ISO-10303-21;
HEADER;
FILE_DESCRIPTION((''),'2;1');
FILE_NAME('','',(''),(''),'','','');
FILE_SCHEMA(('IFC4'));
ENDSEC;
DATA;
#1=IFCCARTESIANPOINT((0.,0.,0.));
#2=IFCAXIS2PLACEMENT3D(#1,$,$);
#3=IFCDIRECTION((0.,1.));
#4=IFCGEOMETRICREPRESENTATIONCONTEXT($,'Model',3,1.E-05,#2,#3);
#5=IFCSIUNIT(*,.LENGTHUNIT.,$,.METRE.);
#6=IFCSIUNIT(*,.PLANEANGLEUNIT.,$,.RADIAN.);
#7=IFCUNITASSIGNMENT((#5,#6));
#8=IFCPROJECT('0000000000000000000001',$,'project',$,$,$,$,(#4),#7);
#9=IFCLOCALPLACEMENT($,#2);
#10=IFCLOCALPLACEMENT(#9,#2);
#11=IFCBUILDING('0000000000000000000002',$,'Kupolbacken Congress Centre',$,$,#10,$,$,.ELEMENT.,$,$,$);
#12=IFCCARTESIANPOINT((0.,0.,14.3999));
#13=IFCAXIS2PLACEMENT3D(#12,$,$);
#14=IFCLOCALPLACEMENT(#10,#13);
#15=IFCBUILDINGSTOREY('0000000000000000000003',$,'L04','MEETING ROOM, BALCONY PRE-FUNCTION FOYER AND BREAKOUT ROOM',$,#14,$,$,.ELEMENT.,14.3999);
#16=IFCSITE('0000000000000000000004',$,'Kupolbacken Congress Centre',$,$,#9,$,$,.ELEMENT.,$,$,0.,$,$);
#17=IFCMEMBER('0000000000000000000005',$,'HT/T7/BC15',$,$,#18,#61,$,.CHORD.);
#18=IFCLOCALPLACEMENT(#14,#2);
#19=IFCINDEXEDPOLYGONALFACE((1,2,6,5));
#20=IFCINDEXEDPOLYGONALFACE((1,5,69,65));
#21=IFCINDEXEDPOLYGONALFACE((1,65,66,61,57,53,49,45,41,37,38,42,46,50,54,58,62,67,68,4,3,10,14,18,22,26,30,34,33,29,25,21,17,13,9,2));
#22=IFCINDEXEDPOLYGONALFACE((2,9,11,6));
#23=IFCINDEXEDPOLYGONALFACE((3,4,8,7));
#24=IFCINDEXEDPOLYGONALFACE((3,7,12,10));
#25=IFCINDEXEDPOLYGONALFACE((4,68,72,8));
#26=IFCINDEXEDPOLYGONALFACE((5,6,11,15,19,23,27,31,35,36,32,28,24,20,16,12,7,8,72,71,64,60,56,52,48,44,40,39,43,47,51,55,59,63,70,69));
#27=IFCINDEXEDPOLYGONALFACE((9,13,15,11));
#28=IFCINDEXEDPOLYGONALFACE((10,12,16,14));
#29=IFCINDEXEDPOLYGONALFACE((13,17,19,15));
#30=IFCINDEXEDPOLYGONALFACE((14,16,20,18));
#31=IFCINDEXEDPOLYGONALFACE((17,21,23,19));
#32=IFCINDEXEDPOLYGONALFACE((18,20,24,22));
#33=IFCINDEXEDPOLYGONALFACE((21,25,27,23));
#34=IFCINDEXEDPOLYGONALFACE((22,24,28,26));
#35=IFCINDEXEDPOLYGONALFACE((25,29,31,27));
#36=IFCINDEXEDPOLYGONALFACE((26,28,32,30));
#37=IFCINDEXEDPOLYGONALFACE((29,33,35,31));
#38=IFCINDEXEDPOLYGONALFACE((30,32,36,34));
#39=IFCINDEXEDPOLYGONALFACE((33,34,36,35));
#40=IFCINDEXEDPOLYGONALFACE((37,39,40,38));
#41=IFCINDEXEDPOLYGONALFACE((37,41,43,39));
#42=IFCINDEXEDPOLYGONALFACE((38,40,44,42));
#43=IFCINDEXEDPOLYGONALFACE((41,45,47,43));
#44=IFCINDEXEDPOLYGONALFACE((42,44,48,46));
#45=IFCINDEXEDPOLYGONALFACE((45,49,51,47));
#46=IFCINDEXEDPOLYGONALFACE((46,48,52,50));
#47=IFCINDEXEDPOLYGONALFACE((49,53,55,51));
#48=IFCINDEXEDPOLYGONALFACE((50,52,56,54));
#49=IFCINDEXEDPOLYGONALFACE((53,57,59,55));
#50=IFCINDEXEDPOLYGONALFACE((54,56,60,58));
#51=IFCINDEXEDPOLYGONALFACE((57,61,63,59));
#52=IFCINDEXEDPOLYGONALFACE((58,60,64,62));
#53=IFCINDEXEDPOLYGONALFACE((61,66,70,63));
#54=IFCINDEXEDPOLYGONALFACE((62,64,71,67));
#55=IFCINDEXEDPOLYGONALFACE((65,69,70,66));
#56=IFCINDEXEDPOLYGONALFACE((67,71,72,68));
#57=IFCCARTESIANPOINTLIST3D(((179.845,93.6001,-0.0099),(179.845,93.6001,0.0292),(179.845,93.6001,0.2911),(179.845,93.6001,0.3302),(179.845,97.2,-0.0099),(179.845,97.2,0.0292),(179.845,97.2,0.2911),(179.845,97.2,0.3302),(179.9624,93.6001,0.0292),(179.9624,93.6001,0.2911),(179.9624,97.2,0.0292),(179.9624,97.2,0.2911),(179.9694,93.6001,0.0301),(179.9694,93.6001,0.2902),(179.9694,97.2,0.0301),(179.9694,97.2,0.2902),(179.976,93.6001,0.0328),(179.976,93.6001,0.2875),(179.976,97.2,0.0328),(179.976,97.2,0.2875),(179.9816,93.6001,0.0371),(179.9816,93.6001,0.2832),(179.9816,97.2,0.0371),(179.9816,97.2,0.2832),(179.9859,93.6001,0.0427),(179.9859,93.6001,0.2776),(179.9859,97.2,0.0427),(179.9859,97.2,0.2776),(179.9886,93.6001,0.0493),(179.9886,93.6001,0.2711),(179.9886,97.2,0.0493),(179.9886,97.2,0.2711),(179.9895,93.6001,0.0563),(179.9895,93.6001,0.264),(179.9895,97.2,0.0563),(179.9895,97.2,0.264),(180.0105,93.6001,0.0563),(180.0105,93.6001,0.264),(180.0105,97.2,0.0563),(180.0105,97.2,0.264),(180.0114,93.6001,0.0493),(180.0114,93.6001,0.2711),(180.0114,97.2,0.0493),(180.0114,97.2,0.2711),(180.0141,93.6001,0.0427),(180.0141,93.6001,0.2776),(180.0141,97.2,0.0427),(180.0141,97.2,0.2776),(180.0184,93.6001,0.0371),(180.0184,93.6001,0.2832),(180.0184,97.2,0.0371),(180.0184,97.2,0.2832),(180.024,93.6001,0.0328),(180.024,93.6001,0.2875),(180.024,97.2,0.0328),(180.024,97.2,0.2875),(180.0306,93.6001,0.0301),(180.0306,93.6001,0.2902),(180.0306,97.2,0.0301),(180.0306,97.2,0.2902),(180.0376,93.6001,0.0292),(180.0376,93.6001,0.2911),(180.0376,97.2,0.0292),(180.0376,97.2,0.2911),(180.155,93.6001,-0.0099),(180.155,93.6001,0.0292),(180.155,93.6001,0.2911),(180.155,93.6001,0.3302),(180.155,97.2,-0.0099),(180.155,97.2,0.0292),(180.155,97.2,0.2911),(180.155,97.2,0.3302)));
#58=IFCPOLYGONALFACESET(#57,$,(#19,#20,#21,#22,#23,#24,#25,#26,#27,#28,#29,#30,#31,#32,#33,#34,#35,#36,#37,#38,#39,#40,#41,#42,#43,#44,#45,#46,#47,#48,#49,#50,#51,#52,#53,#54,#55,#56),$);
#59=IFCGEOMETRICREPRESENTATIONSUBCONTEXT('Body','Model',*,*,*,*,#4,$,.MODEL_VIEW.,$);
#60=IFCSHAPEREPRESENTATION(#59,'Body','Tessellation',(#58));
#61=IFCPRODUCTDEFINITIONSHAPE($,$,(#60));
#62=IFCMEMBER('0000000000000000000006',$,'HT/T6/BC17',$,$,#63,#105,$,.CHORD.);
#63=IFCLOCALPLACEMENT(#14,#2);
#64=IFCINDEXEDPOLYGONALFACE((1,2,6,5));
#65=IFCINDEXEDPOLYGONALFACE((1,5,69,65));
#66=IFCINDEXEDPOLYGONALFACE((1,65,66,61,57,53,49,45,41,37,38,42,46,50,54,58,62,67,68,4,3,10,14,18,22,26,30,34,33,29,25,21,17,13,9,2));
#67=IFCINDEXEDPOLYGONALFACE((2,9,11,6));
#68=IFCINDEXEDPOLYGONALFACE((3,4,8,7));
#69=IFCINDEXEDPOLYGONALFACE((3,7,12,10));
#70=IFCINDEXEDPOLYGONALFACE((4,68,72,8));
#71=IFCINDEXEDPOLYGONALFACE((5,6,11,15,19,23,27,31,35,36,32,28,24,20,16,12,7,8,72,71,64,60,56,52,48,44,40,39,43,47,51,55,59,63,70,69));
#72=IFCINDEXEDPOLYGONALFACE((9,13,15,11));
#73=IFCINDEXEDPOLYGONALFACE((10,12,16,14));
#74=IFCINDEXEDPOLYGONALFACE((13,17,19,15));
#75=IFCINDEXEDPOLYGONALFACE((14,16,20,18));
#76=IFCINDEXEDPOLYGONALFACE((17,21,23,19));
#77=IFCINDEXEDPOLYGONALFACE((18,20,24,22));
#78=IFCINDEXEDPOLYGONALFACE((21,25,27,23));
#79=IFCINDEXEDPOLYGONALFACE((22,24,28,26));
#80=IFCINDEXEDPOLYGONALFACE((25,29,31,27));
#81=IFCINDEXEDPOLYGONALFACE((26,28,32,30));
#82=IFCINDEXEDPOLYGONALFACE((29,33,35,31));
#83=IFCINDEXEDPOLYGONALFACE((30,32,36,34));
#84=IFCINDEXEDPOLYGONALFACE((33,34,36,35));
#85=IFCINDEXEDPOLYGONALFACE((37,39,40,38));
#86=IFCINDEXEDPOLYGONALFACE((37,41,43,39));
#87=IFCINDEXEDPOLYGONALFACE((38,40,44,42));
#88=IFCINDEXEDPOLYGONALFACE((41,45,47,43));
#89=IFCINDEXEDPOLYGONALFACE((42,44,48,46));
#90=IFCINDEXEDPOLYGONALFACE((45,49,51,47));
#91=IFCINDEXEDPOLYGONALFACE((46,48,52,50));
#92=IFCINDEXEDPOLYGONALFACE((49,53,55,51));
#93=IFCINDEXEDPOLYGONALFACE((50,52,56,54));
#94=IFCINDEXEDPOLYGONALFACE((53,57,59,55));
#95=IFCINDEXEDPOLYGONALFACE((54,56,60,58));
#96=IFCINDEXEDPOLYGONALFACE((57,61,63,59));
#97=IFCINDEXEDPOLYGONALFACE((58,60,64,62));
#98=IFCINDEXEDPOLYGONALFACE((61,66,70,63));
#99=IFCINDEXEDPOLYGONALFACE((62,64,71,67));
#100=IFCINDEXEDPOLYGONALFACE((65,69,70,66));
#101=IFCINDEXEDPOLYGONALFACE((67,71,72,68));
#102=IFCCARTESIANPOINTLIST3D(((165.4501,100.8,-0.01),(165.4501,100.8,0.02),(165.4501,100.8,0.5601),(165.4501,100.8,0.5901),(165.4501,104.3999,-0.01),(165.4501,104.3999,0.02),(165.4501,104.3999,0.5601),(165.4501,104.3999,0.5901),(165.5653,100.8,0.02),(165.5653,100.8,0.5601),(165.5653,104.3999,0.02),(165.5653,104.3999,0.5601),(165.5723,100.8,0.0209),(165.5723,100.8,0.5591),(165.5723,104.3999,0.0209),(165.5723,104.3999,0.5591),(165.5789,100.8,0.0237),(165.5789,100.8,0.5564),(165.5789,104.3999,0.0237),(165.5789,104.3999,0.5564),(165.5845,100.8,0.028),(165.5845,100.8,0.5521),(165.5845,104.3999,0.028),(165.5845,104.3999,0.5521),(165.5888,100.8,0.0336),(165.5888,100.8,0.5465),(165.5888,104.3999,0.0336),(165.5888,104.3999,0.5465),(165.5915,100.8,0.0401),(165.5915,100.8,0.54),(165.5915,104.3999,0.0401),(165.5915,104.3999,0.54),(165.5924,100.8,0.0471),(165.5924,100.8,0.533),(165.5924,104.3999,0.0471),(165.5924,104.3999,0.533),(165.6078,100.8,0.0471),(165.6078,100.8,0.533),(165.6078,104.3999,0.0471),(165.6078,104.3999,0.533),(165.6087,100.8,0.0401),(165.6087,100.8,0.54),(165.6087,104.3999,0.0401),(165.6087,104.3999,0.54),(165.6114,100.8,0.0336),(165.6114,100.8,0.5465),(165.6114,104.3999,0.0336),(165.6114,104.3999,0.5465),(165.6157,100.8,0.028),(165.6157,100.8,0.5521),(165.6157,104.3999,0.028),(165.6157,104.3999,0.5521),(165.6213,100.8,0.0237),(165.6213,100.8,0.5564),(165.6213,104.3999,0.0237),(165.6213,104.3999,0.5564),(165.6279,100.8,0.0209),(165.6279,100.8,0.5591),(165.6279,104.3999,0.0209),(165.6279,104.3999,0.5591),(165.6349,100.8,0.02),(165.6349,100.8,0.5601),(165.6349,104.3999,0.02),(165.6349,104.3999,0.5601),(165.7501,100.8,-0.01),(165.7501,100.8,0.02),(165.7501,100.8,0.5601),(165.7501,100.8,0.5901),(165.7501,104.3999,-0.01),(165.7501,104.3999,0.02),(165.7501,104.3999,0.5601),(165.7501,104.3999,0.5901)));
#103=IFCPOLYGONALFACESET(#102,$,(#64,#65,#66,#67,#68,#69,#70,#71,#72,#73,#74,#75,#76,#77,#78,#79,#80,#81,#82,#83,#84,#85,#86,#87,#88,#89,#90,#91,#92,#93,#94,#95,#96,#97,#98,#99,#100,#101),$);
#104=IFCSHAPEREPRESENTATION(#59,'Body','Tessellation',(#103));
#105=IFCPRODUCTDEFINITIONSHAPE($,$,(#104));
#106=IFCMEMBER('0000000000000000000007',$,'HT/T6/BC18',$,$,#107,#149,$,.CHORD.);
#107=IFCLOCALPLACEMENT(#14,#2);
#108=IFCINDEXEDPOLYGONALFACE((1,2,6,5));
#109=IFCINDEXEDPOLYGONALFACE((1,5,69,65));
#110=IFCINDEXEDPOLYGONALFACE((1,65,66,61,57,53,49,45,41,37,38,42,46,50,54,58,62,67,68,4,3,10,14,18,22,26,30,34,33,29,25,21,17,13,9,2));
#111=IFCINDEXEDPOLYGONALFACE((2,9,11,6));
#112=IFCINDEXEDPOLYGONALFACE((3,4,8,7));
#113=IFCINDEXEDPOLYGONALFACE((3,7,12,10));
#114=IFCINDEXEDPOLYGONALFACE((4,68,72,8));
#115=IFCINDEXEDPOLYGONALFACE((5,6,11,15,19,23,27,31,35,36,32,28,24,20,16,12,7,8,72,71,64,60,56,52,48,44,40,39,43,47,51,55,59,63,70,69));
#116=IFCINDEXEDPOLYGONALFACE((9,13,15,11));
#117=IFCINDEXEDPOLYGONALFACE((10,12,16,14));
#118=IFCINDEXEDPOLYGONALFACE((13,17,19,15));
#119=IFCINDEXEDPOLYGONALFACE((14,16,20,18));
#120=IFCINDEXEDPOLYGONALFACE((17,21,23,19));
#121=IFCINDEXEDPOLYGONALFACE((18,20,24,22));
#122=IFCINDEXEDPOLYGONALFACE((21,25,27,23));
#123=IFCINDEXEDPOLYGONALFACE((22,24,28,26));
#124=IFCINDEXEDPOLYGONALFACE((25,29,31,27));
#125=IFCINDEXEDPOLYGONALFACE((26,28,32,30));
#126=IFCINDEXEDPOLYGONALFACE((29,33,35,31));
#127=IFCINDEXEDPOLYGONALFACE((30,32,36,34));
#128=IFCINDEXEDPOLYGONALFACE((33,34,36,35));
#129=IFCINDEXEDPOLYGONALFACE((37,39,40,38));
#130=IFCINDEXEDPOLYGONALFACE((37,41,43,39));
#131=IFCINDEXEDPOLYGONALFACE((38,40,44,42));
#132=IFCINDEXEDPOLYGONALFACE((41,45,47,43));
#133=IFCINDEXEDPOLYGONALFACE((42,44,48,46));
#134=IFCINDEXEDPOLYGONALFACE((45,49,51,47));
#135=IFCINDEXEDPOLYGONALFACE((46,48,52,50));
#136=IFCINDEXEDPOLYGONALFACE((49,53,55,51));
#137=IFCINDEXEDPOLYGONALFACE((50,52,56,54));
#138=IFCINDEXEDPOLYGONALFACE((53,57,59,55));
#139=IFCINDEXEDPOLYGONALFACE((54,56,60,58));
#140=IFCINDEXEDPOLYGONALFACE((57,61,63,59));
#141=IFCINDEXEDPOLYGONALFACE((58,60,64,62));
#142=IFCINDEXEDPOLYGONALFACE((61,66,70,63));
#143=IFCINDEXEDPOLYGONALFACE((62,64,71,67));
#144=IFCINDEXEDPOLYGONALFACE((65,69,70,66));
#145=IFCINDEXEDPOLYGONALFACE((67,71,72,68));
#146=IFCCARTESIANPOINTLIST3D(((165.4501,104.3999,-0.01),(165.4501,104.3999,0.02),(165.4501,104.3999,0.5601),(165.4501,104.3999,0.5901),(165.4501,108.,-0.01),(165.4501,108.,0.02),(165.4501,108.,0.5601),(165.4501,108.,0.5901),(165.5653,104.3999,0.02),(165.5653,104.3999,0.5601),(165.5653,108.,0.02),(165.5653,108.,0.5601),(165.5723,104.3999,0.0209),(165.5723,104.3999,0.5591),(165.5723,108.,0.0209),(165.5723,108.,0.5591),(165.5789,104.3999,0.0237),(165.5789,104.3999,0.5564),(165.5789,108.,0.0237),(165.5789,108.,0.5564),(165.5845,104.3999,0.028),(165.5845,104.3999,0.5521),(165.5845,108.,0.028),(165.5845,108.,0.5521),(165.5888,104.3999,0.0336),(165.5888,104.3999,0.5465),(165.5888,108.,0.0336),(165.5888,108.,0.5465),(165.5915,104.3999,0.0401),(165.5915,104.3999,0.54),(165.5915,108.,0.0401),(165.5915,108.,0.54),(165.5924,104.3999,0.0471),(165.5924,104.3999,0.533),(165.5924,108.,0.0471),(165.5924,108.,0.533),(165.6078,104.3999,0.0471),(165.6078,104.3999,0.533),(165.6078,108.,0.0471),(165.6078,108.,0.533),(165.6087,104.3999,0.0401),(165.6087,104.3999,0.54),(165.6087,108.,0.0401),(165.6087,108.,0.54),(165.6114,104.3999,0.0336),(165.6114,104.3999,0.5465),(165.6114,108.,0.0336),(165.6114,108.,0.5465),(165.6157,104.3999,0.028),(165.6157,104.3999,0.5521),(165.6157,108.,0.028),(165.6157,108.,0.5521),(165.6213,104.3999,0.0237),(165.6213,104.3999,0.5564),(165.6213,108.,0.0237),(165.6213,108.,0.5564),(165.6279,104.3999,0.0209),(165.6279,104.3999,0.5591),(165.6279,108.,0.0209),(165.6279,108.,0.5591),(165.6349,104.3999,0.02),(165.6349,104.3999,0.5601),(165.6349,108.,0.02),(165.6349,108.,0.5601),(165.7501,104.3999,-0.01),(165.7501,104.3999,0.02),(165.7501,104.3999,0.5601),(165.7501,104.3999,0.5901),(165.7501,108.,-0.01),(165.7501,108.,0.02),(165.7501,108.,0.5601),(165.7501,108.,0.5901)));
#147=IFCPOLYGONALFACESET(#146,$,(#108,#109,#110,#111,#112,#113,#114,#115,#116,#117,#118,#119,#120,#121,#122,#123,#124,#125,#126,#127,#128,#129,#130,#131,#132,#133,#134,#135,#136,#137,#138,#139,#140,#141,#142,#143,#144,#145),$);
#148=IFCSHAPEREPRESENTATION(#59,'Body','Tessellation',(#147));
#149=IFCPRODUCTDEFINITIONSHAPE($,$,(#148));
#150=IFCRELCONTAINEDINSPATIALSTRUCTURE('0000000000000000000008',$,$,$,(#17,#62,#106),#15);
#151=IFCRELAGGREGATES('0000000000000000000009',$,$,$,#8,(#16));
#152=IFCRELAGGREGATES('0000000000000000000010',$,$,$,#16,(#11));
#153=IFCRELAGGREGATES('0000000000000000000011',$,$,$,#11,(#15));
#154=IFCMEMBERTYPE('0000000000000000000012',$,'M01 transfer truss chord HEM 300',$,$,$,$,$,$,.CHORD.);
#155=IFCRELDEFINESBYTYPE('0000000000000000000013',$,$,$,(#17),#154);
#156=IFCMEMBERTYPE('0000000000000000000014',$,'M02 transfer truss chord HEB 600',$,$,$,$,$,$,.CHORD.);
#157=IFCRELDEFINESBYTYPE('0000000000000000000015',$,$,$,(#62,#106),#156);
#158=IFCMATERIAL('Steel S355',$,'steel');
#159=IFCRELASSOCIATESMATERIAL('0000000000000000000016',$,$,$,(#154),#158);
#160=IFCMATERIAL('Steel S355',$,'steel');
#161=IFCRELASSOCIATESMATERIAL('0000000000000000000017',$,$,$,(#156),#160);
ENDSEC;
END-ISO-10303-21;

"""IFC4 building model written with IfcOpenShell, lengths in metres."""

from ifc_helpers import new_model, si_unit, direction, frame, origin, origin_2d, place, context, subcontext, project, spatial, i_section, extrude, material, material_profile, profile_set, type_object, element, save


model = new_model("IFC4")

# Units and contexts
model_context = context("Model", 3, precision=1e-05, world=origin(), true_north=direction((0.0, 1.0)))
body_context = subcontext(model_context, "Body", "Model", "MODEL_VIEW")
ifc_project = project(units=[si_unit("LENGTHUNIT", "METRE"), si_unit("PLANEANGLEUNIT", "RADIAN")], contexts=[model_context])

# Site, building, storey
site_placement = place(None, origin())
site = spatial("IfcSite", under=ifc_project, at=site_placement, Name="Kupolbacken Congress Centre", CompositionType="ELEMENT", RefElevation=0.0)
building_placement = place(site_placement, origin())
building = spatial("IfcBuilding", under=site, at=building_placement, Name="Kupolbacken Congress Centre", CompositionType="ELEMENT")
storey_placement = place(building_placement, frame((0.0, 0.0, 14.3999)))
storey = spatial("IfcBuildingStorey", under=building, at=storey_placement, Name="L04", Description="MEETING ROOM, BALCONY PRE-FUNCTION FOYER AND BREAKOUT ROOM", CompositionType="ELEMENT", Elevation=14.3999)

# Members
ifc_material_1 = material(Name="Steel S355", Category="steel")
ifc_material_profile_1 = material_profile(ifc_material_1, i_section(OverallWidth=0.3101, OverallDepth=0.3401, WebThickness=0.021, FlangeThickness=0.0391, FilletRadius=0.0271, at=origin_2d()), Name="HEM 300")
ifc_profile_set_1 = profile_set([ifc_material_profile_1], Name="Steel S355")
member_type_1 = type_object("IfcMemberType", Name="M01 transfer truss chord HEM 300", PredefinedType="CHORD", material=ifc_profile_set_1)
member_1_placement = place(storey_placement, frame((180.0, 93.6001, 0.1602), z_axis=(0.0, 1.0, 0.0), x_axis=(-1.0, 0.0, 0.0)))
element("IfcMember", 1, at=member_1_placement, inside=storey, type_object=member_type_1, Name="HT/T7/BC15", PredefinedType="CHORD", context=body_context, shape_type="SweptSolid", body=[
    extrude(i_section(OverallWidth=0.3101, OverallDepth=0.3401, WebThickness=0.021, FlangeThickness=0.0391, FilletRadius=0.0271, at=origin_2d()), origin(), (0.0, 0.0, 1.0), 3.5999),
])
ifc_material_2 = material(Name="Steel S355", Category="steel")
ifc_material_profile_2 = material_profile(ifc_material_2, i_section(OverallWidth=0.3, OverallDepth=0.6001, WebThickness=0.0154, FlangeThickness=0.03, FilletRadius=0.0271, at=origin_2d()), Name="HEB 600")
ifc_profile_set_2 = profile_set([ifc_material_profile_2], Name="Steel S355")
member_type_2 = type_object("IfcMemberType", Name="M02 transfer truss chord HEB 600", PredefinedType="CHORD", material=ifc_profile_set_2)
member_2_placement = place(storey_placement, frame((165.6001, 100.8, 0.29), z_axis=(0.0, 1.0, 0.0), x_axis=(-1.0, 0.0, 0.0)))
element("IfcMember", 2, at=member_2_placement, inside=storey, type_object=member_type_2, Name="HT/T6/BC17", PredefinedType="CHORD", context=body_context, shape_type="SweptSolid", body=[
    extrude(i_section(OverallWidth=0.3, OverallDepth=0.6001, WebThickness=0.0154, FlangeThickness=0.03, FilletRadius=0.0271, at=origin_2d()), origin(), (0.0, 0.0, 1.0), 3.5999),
])
member_3_placement = place(storey_placement, frame((165.6001, 104.3999, 0.29), z_axis=(0.0, 1.0, 0.0), x_axis=(-1.0, 0.0, 0.0)))
element("IfcMember", 3, at=member_3_placement, inside=storey, type_object=member_type_2, Name="HT/T6/BC18", PredefinedType="CHORD", context=body_context, shape_type="SweptSolid", body=[
    extrude(i_section(OverallWidth=0.3, OverallDepth=0.6001, WebThickness=0.0154, FlangeThickness=0.03, FilletRadius=0.0271, at=origin_2d()), origin(), (0.0, 0.0, 1.0), 3.6001),
])

save(model, "model.ifc")
